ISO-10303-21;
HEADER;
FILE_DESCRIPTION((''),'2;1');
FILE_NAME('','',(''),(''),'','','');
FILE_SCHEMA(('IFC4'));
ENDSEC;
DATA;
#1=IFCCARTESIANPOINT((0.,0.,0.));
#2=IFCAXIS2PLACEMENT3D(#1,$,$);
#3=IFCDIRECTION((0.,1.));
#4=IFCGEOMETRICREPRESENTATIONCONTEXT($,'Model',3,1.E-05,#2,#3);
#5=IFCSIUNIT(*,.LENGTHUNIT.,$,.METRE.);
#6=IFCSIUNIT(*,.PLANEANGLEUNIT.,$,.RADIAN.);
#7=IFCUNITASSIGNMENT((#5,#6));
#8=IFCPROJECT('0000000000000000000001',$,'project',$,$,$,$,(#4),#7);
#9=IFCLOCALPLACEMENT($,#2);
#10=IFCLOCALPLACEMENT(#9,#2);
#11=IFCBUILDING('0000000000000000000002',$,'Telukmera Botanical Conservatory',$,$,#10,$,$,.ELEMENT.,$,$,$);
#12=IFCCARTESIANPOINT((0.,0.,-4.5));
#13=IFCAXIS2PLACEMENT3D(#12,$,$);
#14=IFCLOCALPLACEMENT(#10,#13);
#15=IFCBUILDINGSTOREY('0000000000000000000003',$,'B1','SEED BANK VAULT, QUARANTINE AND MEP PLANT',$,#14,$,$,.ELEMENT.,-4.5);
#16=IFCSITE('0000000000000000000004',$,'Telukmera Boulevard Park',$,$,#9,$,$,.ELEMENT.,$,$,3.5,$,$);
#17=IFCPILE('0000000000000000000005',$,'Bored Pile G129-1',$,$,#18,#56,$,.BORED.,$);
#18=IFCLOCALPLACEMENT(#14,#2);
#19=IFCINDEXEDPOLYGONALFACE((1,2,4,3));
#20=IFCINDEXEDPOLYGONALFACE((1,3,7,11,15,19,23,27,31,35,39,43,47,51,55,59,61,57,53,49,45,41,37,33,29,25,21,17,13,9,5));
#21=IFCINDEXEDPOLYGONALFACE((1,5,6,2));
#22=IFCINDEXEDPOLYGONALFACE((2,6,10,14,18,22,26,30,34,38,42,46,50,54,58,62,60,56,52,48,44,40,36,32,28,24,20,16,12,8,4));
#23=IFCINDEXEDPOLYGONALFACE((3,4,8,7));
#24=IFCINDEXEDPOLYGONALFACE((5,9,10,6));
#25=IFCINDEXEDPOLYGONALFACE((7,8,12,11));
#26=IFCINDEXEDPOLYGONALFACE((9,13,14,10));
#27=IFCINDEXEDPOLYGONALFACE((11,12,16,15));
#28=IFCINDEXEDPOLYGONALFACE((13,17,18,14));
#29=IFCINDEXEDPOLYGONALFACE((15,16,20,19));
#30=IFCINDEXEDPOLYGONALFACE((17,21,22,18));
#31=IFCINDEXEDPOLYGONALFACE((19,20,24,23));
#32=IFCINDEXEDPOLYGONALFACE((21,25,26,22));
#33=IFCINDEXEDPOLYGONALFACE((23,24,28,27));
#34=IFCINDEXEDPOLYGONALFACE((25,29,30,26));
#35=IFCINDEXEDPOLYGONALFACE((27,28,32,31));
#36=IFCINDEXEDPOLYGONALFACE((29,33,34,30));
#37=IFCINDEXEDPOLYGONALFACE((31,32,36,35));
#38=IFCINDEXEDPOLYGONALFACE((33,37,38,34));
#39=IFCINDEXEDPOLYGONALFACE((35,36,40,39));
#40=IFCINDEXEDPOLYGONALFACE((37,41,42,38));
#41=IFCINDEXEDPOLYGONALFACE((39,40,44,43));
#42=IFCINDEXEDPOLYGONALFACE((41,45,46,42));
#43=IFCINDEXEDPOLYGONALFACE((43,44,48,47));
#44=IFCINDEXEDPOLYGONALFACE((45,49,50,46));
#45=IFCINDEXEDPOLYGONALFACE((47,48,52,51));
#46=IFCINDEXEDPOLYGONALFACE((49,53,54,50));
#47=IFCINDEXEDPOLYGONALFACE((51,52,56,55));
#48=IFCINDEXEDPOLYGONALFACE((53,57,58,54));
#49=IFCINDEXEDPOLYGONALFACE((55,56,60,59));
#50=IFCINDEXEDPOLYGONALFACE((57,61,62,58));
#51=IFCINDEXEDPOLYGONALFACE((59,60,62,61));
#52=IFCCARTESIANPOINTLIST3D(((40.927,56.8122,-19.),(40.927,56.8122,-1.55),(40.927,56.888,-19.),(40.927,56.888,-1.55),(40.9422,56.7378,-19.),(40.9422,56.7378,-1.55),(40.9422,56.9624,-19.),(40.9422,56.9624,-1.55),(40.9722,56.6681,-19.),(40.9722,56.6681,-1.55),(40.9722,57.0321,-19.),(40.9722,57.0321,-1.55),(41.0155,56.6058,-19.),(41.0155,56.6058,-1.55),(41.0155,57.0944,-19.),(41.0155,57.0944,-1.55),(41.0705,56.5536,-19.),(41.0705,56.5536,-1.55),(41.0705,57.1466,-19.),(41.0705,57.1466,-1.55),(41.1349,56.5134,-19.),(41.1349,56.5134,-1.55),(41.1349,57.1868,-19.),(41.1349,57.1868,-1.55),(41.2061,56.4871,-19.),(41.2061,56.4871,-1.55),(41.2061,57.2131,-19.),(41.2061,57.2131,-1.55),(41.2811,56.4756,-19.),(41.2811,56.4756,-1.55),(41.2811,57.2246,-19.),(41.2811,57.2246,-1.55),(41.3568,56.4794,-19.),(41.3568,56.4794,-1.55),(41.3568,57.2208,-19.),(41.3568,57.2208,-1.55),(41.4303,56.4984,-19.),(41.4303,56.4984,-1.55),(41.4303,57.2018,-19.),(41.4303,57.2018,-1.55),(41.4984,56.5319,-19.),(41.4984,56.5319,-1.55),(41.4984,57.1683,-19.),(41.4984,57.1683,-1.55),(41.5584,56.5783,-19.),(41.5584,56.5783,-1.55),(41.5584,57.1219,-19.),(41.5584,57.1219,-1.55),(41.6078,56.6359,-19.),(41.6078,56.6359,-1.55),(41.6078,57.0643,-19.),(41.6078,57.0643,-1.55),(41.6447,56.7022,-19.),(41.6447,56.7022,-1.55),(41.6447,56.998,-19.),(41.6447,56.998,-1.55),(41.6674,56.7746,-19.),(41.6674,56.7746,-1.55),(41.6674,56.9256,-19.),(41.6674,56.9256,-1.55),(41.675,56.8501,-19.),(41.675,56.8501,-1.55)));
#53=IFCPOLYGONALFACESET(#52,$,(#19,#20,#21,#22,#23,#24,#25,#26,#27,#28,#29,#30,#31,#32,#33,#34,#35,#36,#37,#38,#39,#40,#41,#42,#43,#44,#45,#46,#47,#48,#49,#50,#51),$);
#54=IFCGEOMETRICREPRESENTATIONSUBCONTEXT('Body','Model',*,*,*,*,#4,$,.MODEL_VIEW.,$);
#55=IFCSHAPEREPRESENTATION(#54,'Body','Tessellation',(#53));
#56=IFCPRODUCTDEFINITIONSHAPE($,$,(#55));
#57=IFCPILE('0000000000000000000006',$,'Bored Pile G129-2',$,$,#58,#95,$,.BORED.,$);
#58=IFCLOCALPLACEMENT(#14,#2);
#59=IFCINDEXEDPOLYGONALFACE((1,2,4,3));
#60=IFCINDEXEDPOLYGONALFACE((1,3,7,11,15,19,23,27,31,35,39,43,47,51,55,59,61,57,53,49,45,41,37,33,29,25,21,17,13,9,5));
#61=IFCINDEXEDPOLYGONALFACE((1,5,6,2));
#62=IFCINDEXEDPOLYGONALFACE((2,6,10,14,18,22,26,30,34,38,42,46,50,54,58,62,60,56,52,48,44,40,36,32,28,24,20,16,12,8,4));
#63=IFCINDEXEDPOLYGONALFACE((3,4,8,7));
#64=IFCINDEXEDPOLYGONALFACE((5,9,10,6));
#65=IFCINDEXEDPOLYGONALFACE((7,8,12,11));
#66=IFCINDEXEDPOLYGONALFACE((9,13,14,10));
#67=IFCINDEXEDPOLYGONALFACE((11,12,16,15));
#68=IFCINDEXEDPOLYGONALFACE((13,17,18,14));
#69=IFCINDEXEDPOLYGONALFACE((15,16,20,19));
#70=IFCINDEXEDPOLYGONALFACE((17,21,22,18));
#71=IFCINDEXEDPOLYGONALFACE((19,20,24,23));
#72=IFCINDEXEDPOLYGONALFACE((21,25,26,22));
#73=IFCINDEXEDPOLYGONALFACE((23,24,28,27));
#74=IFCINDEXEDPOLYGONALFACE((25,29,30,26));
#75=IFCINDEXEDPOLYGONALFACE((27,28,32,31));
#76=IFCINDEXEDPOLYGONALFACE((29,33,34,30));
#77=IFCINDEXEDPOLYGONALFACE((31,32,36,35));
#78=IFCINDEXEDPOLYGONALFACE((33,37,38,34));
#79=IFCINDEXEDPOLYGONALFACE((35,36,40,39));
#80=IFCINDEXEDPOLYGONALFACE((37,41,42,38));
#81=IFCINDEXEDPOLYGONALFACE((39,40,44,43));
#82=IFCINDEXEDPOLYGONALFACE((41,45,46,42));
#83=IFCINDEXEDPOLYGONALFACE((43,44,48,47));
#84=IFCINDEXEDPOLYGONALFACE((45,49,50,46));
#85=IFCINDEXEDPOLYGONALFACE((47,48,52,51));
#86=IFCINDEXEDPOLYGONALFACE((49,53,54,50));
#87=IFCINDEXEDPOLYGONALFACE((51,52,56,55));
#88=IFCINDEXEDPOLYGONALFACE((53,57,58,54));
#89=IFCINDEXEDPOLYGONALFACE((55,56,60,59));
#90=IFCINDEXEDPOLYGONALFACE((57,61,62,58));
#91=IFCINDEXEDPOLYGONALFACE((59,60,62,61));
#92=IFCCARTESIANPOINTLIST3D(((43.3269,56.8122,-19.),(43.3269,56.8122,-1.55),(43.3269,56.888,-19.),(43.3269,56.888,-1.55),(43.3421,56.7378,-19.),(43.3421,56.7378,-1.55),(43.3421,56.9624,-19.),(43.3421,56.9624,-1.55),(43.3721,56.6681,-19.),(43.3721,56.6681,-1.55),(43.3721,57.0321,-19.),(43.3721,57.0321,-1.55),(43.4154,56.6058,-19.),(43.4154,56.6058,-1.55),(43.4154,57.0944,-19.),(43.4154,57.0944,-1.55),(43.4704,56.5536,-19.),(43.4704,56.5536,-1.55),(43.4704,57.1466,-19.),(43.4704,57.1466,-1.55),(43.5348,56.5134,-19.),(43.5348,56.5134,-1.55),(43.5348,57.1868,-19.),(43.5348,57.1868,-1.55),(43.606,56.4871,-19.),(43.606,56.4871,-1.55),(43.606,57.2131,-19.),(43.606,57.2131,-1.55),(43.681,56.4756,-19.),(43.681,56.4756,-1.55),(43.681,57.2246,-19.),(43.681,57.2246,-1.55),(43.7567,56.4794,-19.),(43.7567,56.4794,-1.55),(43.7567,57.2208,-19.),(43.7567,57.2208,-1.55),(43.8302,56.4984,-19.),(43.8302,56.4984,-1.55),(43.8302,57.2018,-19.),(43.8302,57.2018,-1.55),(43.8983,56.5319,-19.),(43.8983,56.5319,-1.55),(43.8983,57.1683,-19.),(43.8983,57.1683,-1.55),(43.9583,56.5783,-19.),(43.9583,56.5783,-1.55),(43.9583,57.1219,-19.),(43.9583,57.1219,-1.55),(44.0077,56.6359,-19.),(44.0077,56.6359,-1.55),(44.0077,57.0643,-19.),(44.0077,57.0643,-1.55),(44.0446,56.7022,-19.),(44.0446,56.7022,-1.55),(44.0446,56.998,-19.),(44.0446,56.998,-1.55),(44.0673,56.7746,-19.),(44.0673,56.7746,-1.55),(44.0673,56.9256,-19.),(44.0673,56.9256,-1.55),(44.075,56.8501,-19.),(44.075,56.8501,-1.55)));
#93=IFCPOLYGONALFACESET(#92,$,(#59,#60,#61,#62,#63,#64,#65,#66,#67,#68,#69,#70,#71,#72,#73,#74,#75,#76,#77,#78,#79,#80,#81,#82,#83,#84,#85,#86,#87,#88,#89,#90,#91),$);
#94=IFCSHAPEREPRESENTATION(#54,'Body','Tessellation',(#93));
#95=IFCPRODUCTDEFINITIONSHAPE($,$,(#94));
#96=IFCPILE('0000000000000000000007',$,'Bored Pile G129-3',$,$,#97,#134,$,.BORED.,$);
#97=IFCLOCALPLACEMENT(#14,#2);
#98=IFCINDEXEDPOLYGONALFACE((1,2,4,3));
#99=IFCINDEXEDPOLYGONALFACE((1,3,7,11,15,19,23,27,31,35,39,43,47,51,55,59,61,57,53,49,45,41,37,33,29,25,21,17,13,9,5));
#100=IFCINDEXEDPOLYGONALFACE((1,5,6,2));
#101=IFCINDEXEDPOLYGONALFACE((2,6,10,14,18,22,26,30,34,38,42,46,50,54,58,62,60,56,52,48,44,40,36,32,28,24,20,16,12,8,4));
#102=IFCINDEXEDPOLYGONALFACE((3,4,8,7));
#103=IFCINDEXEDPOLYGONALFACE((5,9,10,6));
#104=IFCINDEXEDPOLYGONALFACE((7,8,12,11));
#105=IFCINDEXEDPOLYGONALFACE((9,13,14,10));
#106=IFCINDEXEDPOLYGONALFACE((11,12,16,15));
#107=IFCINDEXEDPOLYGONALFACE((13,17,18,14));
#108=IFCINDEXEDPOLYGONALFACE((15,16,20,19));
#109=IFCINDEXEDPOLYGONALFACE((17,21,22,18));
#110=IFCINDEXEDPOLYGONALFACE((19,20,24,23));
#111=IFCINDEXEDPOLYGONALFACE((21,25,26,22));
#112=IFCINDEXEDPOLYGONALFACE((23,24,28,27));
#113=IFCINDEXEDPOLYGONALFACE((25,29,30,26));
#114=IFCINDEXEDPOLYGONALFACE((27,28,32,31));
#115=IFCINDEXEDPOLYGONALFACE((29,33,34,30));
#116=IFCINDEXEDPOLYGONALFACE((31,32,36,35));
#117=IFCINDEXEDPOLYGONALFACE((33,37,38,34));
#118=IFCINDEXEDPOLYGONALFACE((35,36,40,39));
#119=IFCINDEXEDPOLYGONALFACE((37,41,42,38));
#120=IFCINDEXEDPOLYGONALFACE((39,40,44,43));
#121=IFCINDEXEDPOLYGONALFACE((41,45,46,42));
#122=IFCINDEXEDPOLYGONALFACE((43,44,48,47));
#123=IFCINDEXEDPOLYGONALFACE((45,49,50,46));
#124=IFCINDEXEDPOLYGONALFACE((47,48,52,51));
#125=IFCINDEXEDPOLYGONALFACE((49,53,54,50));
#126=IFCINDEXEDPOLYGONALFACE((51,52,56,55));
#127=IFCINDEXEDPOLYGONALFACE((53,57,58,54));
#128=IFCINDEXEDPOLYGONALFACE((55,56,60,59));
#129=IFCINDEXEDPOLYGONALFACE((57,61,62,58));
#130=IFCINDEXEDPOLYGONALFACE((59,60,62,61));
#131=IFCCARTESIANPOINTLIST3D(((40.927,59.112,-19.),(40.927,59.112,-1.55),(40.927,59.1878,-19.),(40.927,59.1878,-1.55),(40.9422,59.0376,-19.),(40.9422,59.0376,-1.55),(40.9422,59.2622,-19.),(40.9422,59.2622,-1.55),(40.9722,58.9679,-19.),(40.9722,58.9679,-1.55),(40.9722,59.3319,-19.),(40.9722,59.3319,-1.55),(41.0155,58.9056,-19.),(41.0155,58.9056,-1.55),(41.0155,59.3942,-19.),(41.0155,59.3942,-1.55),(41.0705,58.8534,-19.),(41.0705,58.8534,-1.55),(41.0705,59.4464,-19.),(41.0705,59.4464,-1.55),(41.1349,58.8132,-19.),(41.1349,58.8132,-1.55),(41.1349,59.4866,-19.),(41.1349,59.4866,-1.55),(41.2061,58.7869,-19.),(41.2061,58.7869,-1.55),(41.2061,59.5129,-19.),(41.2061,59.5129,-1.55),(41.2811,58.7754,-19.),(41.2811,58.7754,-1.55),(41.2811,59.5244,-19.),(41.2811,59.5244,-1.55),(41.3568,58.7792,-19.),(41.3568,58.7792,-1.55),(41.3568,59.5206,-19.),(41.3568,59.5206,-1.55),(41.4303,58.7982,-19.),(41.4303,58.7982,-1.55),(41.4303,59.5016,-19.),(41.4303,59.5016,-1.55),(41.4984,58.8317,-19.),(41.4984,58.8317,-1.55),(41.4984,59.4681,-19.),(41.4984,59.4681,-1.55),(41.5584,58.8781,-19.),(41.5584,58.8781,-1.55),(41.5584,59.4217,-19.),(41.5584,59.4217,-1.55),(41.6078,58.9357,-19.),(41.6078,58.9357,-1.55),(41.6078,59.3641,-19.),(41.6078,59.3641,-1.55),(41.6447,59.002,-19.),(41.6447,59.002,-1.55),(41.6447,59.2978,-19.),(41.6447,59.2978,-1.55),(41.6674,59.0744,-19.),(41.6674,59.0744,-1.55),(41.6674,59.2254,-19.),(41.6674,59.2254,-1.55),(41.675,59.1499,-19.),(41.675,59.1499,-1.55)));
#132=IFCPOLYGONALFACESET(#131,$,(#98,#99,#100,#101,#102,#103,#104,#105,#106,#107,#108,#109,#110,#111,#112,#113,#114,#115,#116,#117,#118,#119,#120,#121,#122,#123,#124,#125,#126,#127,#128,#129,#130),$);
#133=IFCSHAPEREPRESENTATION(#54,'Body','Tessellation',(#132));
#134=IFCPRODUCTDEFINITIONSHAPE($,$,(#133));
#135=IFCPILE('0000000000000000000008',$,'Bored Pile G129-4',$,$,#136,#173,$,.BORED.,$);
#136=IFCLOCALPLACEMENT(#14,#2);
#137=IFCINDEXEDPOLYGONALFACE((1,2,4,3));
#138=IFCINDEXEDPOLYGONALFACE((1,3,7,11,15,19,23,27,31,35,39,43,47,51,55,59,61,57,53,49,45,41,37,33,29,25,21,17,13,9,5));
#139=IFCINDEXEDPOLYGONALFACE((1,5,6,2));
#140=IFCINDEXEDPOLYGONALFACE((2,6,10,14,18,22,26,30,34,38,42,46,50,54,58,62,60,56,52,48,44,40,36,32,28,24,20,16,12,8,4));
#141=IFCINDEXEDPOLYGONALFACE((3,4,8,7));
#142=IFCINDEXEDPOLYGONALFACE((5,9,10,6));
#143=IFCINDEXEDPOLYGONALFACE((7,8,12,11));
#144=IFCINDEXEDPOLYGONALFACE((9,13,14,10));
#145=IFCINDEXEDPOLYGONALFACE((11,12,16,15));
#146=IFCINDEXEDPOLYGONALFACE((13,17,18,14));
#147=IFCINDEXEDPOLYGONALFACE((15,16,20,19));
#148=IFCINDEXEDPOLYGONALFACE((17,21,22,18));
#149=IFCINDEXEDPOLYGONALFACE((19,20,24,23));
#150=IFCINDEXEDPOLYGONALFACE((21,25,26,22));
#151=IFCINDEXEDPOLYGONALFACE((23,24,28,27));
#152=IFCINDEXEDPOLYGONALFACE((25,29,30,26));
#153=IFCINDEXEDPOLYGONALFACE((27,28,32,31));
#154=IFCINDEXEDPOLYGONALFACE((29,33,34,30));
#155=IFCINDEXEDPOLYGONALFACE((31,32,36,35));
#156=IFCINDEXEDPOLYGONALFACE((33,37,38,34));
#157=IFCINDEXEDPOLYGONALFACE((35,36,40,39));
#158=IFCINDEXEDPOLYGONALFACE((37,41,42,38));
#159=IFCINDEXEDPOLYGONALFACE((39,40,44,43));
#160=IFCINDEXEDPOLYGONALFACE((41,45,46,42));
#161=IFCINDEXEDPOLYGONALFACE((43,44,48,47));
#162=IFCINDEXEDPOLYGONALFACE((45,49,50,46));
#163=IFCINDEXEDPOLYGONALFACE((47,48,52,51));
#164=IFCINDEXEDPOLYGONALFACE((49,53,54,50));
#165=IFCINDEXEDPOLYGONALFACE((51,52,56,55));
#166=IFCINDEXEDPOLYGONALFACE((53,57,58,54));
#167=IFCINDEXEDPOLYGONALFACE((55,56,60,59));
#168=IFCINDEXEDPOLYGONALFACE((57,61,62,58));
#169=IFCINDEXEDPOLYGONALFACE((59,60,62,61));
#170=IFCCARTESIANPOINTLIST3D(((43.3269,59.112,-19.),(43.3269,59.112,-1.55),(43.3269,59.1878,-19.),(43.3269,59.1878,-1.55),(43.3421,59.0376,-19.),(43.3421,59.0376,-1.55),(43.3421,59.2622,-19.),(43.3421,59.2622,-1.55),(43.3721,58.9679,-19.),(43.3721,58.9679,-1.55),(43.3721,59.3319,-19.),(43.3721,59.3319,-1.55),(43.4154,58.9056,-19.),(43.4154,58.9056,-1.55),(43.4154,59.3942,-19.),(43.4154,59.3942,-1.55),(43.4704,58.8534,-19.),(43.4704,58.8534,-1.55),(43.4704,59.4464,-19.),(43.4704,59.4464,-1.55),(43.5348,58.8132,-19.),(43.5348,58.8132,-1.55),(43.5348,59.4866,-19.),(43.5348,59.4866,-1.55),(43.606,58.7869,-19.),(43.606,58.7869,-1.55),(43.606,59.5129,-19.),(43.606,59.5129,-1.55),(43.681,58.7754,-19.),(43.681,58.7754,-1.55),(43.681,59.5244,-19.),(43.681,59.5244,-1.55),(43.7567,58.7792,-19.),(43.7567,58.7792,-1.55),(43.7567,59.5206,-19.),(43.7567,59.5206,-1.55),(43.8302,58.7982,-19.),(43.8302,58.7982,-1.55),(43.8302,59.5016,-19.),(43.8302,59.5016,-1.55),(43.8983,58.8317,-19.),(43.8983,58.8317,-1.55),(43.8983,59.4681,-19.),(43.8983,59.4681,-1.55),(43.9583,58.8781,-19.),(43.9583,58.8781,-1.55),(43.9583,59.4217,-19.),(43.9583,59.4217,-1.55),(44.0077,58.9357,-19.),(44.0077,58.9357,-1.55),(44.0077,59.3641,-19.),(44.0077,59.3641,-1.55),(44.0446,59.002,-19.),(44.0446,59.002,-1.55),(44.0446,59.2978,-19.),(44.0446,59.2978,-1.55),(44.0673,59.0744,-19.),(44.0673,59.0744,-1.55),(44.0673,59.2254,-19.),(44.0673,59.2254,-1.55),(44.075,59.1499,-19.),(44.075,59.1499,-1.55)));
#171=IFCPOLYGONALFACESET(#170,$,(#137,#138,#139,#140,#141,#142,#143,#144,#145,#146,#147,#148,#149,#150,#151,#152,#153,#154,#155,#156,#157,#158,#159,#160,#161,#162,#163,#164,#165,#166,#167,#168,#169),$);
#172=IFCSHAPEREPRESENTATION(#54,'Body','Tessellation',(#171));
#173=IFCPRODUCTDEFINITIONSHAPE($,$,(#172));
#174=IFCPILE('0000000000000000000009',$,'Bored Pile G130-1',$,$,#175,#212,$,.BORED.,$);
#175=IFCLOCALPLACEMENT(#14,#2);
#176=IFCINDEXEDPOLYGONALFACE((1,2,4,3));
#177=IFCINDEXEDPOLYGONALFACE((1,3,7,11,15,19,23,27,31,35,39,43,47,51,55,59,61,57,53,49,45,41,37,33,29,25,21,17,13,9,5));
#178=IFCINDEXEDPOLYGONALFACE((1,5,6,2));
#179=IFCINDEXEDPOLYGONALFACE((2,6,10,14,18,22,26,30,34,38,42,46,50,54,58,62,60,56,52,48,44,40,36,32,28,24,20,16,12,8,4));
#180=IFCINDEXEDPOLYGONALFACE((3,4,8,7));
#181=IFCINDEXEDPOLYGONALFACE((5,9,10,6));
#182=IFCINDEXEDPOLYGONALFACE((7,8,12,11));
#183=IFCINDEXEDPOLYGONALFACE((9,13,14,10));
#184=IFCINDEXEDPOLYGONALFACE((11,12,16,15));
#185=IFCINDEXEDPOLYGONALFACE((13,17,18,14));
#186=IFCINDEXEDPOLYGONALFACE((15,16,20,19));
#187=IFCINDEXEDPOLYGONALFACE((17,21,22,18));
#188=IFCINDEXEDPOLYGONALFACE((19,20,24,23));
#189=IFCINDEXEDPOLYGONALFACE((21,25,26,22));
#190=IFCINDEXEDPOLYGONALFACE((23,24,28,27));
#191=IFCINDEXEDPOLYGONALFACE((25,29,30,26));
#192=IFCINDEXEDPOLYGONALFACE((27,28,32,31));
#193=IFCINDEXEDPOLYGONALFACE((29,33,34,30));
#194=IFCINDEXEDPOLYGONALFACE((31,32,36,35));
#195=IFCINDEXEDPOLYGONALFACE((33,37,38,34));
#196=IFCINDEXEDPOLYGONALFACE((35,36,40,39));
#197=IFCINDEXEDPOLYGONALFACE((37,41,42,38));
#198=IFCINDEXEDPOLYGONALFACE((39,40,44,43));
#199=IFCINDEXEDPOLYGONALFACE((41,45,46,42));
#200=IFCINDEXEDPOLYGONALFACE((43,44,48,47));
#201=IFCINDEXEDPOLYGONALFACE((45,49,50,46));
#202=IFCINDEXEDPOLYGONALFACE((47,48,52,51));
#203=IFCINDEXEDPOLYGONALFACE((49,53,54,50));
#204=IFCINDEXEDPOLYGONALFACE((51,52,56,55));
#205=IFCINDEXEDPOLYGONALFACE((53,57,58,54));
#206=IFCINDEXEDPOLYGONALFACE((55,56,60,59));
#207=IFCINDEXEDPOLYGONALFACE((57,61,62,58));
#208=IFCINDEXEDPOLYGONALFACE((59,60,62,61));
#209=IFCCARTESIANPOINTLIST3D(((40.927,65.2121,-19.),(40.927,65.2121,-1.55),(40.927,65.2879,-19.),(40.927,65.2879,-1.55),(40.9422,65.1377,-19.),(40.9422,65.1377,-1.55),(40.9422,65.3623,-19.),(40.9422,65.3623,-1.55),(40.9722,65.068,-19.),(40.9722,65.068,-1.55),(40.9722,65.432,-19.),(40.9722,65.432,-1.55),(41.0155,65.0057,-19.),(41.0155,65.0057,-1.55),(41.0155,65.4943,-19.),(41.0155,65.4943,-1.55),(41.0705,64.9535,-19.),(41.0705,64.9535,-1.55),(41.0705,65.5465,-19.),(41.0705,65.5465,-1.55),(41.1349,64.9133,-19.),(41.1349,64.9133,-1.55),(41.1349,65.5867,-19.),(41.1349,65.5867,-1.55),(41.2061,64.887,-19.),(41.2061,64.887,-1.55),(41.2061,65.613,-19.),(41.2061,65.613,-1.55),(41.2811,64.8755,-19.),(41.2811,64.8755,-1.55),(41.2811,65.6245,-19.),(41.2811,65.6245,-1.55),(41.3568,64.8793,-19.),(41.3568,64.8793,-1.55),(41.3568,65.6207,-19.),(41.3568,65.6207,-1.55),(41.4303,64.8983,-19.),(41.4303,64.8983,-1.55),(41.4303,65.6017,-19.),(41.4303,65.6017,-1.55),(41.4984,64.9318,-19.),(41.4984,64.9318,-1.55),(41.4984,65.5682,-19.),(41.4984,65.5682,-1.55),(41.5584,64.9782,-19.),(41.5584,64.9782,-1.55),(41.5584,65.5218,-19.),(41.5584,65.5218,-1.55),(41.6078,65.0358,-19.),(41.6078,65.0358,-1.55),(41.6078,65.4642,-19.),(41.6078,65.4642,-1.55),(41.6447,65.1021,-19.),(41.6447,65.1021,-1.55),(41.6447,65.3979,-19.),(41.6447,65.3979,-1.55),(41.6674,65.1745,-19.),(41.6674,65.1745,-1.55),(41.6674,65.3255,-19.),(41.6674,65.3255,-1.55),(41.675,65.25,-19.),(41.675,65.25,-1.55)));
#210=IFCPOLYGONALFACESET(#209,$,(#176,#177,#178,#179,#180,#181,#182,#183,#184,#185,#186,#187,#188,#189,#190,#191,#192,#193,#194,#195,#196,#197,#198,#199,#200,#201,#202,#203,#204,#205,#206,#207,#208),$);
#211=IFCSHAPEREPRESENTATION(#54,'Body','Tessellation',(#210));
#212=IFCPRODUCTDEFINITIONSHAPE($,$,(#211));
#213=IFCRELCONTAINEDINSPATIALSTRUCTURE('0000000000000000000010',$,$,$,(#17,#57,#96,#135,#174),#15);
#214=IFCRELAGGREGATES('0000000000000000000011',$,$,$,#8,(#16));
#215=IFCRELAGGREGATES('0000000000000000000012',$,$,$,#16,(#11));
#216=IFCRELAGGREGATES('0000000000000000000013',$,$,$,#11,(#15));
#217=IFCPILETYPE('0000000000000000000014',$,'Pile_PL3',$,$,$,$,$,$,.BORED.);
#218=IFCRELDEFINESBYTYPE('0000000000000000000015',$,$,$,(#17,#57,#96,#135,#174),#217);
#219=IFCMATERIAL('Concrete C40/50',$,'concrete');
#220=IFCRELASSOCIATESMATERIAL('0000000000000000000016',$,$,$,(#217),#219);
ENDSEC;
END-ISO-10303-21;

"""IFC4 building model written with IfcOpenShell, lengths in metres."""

from ifc_helpers import new_model, si_unit, direction, frame, origin, origin_2d, place, context, subcontext, project, spatial, circle, extrude, material, material_profile, profile_set, type_object, element, save


model = new_model("IFC4")

# Units and contexts
model_context = context("Model", 3, precision=1e-05, world=origin(), true_north=direction((0.0, 1.0)))
body_context = subcontext(model_context, "Body", "Model", "MODEL_VIEW")
ifc_project = project(units=[si_unit("LENGTHUNIT", "METRE"), si_unit("PLANEANGLEUNIT", "RADIAN")], contexts=[model_context])

# Site, building, storey
site_placement = place(None, origin())
site = spatial("IfcSite", under=ifc_project, at=site_placement, Name="Telukmera Boulevard Park", CompositionType="ELEMENT", RefElevation=3.5)
building_placement = place(site_placement, origin())
building = spatial("IfcBuilding", under=site, at=building_placement, Name="Telukmera Botanical Conservatory", CompositionType="ELEMENT")
storey_placement = place(building_placement, frame((0.0, 0.0, -4.5)))
storey = spatial("IfcBuildingStorey", under=building, at=storey_placement, Name="B1", Description="SEED BANK VAULT, QUARANTINE AND MEP PLANT", CompositionType="ELEMENT", Elevation=-4.5)

# Shared definitions
ifc_material_1 = material(Name="Concrete C40/50", Category="concrete")

# Piles
ifc_material_profile_1 = material_profile(ifc_material_1, circle(Radius=0.375, at=origin_2d()), Name="PILE D750")
ifc_profile_set_1 = profile_set([ifc_material_profile_1], Name="Concrete C40/50")
pile_type = type_object("IfcPileType", Name="Pile_PL3", PredefinedType="BORED", material=ifc_profile_set_1)
for number, where, z_axis, x_axis, name in (
    (1, (41.3, 56.8501, -1.55), (0.0, 0.0, -1.0), (1.0, 0.0, 0.0), "Bored Pile G129-1"),
    (2, (43.7, 56.8501, -1.55), (0.0, 0.0, -1.0), (1.0, 0.0, 0.0), "Bored Pile G129-2"),
    (3, (41.3, 59.1499, -1.55), (0.0, 0.0, -1.0), (1.0, 0.0, 0.0), "Bored Pile G129-3"),
    (4, (43.7, 59.1499, -1.55), (0.0, 0.0, -1.0), (1.0, 0.0, 0.0), "Bored Pile G129-4"),
    (5, (41.3, 65.25, -1.55), (0.0, 0.0, -1.0), (1.0, 0.0, 0.0), "Bored Pile G130-1"),
):
    element("IfcPile", number, at=place(storey_placement, frame(where, z_axis=z_axis, x_axis=x_axis)), inside=storey, type_object=pile_type, Name=name, PredefinedType="BORED", context=body_context, shape_type="SweptSolid", body=[
        extrude(circle(Radius=0.375, at=origin_2d()), origin(), (0.0, 0.0, 1.0), 17.45),
    ])

save(model, "model.ifc")
